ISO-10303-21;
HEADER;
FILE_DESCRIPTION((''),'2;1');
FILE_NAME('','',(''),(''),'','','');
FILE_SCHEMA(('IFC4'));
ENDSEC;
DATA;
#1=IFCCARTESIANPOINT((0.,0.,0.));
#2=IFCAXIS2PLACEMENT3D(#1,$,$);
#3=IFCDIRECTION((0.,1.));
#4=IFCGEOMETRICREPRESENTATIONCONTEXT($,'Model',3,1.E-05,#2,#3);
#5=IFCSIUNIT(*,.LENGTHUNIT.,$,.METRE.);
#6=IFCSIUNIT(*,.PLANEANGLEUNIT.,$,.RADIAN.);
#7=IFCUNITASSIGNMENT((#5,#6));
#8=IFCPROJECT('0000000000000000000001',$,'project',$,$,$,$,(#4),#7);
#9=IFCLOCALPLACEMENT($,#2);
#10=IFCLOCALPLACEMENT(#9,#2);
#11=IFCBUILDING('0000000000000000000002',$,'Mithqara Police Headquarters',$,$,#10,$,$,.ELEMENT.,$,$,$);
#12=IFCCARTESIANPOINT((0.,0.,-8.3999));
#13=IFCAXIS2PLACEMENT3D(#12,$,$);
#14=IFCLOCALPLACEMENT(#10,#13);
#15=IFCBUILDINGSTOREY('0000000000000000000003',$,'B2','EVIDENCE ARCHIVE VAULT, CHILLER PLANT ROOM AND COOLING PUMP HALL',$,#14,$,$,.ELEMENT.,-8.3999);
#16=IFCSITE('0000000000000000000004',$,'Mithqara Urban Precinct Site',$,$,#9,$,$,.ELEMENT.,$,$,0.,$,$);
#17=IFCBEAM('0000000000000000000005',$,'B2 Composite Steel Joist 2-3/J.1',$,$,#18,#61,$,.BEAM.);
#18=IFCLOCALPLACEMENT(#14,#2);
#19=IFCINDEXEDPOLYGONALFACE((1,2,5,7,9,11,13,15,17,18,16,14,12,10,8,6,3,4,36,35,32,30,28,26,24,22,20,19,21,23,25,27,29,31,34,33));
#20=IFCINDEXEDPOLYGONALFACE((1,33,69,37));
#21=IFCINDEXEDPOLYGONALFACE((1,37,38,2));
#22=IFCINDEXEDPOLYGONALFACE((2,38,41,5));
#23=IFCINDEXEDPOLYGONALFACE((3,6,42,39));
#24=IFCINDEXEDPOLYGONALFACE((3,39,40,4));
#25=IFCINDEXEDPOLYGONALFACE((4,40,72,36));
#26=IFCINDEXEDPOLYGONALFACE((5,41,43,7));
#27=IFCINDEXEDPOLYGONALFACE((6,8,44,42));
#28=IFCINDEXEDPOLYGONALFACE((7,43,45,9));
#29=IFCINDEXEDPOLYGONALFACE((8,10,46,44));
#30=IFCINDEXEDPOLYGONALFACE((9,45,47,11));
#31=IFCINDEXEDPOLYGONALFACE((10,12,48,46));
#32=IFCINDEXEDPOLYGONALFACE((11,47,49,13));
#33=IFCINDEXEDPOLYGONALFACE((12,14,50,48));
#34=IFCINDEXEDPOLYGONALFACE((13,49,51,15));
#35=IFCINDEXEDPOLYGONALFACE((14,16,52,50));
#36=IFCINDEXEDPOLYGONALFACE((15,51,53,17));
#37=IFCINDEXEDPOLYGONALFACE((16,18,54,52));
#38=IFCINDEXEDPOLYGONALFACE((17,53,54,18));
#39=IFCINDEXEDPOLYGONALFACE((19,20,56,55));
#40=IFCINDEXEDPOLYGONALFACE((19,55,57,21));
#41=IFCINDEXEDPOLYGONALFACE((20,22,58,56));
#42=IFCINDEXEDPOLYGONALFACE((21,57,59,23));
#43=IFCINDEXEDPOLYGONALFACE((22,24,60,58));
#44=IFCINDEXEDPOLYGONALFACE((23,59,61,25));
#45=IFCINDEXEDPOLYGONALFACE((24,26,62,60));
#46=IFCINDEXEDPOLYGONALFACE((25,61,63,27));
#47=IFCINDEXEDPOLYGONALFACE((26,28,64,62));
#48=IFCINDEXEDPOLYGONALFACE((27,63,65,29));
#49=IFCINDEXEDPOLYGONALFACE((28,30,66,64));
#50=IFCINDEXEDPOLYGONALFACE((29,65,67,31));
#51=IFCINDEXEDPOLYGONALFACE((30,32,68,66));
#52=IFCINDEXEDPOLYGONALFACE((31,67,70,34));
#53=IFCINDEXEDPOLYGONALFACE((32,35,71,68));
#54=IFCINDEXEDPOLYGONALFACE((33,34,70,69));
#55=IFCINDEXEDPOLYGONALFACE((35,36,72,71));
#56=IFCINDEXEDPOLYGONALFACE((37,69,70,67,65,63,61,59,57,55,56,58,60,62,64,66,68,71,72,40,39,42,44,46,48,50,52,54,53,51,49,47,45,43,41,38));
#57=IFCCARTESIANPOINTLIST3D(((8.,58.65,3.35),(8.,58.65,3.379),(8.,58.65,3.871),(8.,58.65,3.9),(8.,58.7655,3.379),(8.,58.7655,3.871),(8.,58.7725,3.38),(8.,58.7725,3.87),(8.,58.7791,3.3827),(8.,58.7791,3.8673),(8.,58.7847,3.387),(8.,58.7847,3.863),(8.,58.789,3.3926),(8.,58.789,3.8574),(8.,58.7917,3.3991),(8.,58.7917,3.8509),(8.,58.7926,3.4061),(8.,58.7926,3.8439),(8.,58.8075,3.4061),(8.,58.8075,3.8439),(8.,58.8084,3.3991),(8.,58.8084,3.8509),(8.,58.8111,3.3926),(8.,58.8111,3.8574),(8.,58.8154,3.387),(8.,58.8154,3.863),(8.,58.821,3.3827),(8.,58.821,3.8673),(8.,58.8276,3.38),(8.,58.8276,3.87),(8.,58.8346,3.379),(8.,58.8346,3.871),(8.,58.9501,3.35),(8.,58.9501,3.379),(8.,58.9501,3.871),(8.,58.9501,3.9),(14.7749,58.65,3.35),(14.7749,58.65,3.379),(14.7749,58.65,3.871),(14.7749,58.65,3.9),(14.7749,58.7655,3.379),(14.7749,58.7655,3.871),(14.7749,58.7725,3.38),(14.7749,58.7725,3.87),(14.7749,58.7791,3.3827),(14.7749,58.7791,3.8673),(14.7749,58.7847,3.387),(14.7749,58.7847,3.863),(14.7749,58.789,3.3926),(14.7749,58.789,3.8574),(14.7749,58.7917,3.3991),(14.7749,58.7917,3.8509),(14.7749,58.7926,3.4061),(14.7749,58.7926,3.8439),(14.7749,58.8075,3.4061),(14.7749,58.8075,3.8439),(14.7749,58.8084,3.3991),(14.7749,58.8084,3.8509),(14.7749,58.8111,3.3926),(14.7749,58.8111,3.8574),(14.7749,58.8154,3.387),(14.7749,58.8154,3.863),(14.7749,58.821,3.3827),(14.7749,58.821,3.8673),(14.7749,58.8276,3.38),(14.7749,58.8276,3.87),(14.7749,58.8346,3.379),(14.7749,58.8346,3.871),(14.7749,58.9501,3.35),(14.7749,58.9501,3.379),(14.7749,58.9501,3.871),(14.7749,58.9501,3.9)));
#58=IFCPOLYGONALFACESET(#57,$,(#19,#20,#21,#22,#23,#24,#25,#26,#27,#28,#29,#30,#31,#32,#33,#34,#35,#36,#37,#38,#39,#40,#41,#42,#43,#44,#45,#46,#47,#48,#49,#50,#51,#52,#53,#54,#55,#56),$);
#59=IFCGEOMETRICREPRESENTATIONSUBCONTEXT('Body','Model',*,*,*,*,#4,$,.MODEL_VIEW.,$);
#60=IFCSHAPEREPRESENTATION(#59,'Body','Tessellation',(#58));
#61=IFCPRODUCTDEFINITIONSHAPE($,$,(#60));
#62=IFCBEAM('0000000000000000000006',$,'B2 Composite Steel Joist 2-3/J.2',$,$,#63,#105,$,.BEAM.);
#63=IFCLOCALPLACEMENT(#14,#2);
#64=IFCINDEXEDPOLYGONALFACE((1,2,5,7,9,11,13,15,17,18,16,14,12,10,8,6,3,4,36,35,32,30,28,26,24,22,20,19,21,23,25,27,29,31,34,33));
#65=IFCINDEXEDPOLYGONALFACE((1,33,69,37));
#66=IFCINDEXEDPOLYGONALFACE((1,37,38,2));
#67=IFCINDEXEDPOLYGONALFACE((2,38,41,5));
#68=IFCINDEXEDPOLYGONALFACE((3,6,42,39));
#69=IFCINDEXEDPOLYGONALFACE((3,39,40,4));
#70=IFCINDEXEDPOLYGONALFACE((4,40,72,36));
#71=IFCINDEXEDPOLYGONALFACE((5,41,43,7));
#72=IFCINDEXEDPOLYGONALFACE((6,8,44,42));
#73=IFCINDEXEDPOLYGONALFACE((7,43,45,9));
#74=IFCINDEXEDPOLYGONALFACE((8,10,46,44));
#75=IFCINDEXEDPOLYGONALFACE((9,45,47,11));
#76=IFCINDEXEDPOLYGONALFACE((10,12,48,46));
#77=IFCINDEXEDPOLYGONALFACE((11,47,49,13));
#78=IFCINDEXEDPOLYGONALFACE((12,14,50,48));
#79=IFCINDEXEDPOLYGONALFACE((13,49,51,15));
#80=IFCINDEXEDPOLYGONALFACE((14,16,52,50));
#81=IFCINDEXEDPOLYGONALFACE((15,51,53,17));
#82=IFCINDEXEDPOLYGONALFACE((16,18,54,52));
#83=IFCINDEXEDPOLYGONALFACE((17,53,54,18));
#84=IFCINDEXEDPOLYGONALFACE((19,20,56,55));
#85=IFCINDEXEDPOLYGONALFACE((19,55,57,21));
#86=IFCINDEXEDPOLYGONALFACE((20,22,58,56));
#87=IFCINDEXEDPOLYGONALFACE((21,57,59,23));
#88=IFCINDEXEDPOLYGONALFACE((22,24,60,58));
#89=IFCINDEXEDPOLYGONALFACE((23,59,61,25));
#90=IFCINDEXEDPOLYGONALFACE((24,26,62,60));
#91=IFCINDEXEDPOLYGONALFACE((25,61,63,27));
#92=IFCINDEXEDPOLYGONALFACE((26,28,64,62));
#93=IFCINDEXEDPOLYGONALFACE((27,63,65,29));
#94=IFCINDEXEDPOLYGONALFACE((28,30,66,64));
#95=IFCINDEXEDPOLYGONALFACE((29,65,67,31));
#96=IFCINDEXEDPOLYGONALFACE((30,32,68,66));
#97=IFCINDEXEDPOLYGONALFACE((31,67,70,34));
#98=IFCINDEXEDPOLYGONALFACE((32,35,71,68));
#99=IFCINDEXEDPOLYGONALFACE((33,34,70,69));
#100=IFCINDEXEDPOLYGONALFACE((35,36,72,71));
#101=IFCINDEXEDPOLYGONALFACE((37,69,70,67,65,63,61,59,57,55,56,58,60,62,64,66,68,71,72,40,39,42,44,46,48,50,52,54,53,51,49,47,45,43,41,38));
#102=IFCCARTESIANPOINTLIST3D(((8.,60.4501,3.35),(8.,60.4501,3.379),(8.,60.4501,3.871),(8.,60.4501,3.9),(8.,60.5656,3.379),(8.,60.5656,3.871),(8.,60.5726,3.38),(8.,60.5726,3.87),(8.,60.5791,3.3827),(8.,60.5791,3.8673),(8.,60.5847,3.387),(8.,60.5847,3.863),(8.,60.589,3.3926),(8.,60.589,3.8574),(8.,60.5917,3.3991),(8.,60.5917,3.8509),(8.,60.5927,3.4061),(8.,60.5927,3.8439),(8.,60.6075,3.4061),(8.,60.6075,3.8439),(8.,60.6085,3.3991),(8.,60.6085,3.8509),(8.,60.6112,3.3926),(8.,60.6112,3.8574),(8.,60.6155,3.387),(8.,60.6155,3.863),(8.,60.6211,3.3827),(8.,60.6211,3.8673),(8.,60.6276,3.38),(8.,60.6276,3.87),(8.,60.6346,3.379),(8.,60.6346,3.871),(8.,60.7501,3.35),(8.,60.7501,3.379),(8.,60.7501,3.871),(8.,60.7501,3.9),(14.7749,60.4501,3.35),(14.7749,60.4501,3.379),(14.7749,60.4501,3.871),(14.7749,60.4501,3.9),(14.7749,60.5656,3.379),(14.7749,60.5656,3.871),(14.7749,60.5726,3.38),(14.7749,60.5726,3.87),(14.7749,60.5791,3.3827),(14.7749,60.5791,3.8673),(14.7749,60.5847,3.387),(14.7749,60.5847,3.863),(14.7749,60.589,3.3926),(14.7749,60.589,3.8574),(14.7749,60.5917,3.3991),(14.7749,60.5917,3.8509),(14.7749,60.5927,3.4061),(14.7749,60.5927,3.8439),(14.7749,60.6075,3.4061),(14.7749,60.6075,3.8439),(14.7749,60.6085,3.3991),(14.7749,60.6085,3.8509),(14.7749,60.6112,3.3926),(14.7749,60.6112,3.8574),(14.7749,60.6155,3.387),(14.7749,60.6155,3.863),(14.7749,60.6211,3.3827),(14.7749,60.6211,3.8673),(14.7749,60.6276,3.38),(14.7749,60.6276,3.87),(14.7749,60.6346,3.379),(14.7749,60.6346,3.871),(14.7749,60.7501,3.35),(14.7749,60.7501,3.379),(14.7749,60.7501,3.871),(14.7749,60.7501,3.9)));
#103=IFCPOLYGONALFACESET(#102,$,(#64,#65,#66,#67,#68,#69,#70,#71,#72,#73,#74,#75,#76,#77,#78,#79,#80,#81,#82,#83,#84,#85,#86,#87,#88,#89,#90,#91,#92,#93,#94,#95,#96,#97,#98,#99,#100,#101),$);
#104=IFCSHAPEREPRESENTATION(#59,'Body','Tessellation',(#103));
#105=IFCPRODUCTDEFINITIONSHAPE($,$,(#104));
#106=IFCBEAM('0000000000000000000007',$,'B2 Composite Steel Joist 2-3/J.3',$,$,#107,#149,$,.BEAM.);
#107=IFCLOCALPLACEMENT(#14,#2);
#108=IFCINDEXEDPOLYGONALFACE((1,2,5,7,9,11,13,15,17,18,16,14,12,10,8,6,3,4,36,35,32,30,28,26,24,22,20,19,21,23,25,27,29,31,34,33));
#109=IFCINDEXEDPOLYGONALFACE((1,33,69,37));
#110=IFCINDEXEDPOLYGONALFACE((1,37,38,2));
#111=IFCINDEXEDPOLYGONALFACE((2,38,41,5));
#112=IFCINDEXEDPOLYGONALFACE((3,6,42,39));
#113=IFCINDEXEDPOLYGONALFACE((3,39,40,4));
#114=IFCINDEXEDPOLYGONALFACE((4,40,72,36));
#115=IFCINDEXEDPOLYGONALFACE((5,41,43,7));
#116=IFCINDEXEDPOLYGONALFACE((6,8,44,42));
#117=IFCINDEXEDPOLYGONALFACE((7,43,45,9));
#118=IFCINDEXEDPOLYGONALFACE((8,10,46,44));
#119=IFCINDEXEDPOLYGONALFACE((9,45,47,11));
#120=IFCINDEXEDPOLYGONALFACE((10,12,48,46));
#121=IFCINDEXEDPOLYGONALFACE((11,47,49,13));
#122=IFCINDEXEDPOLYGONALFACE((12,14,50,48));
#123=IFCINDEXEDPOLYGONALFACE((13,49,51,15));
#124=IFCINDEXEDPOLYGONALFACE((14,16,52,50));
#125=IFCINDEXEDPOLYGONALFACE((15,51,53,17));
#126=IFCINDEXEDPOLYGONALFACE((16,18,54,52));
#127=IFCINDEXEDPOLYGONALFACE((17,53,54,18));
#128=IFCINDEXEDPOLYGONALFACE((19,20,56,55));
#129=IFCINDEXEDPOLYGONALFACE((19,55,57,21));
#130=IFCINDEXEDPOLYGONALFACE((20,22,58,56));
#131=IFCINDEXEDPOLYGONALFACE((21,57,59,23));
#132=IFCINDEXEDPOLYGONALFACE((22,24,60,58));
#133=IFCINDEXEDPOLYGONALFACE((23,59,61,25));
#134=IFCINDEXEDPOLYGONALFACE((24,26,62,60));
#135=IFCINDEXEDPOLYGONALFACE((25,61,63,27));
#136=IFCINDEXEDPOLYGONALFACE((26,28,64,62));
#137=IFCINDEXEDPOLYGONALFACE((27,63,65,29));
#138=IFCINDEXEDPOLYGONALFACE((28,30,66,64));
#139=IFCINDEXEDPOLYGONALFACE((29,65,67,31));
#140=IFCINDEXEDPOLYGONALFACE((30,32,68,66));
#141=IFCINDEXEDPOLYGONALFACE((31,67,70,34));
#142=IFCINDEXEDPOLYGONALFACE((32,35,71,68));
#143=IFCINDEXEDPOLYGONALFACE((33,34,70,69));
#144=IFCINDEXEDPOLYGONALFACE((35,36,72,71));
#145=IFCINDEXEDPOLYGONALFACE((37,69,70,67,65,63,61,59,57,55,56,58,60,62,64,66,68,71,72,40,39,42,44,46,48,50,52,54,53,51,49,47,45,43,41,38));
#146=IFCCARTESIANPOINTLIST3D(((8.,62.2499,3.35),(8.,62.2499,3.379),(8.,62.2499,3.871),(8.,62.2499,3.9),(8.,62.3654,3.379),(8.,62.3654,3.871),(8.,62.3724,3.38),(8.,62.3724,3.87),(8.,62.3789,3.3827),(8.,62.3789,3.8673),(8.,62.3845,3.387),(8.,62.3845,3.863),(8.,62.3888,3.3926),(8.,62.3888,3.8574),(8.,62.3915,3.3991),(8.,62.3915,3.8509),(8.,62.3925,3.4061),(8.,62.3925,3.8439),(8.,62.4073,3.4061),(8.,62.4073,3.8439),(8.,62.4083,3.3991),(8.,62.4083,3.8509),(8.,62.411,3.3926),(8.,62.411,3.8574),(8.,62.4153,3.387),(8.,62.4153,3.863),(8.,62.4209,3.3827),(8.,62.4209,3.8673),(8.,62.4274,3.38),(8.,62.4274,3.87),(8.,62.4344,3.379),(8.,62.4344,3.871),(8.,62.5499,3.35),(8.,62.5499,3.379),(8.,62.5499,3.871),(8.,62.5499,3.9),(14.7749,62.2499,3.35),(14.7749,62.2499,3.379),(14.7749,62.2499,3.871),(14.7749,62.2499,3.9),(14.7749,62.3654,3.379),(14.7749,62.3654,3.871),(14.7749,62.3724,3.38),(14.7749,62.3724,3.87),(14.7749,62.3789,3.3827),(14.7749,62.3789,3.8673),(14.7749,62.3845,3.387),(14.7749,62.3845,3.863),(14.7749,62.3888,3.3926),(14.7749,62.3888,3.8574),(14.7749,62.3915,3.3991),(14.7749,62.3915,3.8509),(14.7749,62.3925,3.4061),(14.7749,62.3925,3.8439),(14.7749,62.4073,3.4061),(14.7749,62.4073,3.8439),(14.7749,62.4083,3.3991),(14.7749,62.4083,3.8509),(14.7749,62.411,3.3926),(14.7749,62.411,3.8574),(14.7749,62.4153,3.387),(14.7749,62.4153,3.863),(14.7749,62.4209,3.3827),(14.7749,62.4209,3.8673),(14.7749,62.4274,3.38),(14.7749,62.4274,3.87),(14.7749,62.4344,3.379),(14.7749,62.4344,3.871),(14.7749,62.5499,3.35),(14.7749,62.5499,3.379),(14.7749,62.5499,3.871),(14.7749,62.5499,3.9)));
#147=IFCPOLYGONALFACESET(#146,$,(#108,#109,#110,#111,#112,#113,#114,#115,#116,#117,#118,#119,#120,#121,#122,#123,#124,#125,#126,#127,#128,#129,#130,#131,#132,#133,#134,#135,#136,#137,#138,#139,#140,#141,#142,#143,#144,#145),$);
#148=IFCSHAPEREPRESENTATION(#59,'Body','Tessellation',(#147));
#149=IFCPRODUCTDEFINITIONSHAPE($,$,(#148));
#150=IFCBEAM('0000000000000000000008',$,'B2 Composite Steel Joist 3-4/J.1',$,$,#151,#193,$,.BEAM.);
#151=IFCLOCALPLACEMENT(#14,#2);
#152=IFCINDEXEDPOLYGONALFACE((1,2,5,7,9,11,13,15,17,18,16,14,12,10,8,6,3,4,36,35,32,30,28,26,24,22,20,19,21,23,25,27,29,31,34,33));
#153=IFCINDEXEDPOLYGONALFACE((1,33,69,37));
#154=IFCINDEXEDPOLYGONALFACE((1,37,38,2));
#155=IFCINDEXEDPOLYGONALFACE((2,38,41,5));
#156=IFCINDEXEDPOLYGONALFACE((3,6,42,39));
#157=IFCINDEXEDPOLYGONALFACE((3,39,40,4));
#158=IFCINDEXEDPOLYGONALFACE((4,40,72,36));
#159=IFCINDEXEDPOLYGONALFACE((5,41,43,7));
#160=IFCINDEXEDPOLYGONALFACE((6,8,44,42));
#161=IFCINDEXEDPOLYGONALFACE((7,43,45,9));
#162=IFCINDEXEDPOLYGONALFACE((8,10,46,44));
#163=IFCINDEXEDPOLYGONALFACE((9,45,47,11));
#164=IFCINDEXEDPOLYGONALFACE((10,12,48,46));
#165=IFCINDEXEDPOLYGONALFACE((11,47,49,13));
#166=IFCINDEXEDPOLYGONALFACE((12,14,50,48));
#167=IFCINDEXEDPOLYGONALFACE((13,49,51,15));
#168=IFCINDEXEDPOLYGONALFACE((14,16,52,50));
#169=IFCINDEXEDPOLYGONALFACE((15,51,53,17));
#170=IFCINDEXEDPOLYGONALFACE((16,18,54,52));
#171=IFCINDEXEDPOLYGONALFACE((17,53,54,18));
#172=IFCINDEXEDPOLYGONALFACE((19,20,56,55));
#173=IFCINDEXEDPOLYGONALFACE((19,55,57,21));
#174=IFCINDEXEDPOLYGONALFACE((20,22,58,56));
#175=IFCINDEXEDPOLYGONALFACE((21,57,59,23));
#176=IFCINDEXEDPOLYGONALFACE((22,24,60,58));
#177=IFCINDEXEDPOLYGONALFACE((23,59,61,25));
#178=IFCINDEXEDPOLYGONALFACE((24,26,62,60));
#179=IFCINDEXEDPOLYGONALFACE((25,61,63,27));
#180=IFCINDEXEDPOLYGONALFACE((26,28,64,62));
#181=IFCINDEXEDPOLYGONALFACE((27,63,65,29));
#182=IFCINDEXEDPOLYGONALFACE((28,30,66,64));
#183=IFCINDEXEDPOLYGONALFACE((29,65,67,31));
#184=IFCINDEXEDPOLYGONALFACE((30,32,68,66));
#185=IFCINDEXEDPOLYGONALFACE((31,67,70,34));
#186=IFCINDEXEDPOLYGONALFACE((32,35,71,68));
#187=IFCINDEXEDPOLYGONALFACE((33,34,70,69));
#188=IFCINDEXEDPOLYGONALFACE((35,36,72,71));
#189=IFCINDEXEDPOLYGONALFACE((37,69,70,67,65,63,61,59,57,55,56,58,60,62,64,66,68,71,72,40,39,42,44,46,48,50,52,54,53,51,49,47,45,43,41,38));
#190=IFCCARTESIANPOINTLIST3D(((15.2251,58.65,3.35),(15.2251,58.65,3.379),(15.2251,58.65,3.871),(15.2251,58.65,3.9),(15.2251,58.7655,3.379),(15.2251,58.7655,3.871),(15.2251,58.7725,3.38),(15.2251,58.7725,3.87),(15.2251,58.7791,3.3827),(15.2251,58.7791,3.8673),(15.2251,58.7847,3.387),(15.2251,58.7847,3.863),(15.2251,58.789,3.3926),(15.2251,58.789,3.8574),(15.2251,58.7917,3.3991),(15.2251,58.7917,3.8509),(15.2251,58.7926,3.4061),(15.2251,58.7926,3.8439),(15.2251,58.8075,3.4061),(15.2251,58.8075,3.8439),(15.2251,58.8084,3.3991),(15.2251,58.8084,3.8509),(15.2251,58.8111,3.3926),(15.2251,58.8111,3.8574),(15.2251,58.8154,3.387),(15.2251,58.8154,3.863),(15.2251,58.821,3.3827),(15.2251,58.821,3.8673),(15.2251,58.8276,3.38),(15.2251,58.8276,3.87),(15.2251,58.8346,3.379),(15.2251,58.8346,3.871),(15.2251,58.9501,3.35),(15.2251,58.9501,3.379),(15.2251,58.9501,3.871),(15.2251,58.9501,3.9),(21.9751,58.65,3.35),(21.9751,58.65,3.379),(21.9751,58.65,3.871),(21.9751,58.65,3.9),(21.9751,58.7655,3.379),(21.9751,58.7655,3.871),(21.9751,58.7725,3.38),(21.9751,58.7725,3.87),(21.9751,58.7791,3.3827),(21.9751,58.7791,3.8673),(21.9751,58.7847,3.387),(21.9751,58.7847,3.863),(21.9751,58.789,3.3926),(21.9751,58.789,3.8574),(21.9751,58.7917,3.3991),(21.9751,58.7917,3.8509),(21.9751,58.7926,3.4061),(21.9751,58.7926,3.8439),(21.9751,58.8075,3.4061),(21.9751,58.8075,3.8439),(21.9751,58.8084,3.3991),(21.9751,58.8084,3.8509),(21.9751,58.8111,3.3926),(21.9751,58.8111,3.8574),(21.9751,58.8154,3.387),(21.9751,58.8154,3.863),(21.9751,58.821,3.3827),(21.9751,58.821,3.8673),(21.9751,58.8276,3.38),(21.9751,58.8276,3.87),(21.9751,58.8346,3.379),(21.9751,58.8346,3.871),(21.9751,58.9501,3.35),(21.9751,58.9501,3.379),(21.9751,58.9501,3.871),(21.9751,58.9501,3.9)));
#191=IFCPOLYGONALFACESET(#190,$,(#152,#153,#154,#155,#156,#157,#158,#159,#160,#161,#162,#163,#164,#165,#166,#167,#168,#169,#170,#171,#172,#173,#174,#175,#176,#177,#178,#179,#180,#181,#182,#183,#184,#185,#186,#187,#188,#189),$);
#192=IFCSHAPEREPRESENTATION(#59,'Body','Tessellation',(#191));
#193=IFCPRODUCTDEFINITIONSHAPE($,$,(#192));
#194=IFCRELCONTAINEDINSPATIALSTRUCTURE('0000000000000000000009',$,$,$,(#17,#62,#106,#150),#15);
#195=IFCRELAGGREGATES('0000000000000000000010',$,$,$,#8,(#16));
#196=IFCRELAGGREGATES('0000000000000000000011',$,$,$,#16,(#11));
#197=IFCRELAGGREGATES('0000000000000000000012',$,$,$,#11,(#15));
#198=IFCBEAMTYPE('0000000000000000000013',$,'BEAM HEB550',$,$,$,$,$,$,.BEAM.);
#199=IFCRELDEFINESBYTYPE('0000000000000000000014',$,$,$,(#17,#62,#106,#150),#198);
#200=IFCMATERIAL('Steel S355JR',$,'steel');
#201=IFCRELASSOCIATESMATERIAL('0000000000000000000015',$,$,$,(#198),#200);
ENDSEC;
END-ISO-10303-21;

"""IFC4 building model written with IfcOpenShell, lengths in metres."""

from ifc_helpers import new_model, si_unit, direction, frame, origin, origin_2d, place, context, subcontext, project, spatial, i_section, extrude, material, material_profile, profile_set, type_object, element, save


model = new_model("IFC4")

# Units and contexts
model_context = context("Model", 3, precision=1e-05, world=origin(), true_north=direction((0.0, 1.0)))
body_context = subcontext(model_context, "Body", "Model", "MODEL_VIEW")
ifc_project = project(units=[si_unit("LENGTHUNIT", "METRE"), si_unit("PLANEANGLEUNIT", "RADIAN")], contexts=[model_context])

# Site, building, storey
site_placement = place(None, origin())
site = spatial("IfcSite", under=ifc_project, at=site_placement, Name="Mithqara Urban Precinct Site", CompositionType="ELEMENT", RefElevation=0.0)
building_placement = place(site_placement, origin())
building = spatial("IfcBuilding", under=site, at=building_placement, Name="Mithqara Police Headquarters", CompositionType="ELEMENT")
storey_placement = place(building_placement, frame((0.0, 0.0, -8.3999)))
storey = spatial("IfcBuildingStorey", under=building, at=storey_placement, Name="B2", Description="EVIDENCE ARCHIVE VAULT, CHILLER PLANT ROOM AND COOLING PUMP HALL", CompositionType="ELEMENT", Elevation=-8.3999)

# Beams
ifc_material_1 = material(Name="Steel S355JR", Category="steel")
ifc_material_profile_1 = material_profile(ifc_material_1, i_section(OverallWidth=0.3, OverallDepth=0.55, WebThickness=0.0149, FlangeThickness=0.0291, FilletRadius=0.0271, at=origin_2d()), Name="HEB 550")
ifc_profile_set_1 = profile_set([ifc_material_profile_1], Name="Steel S355JR")
beam_type_1 = type_object("IfcBeamType", Name="BEAM HEB550", PredefinedType="BEAM", material=ifc_profile_set_1)
for number, where, z_axis, x_axis, name in (
    (1, (8.0, 58.8, 3.625), (1.0, 0.0, 0.0), (0.0, 1.0, 0.0), "B2 Composite Steel Joist 2-3/J.1"),
    (2, (8.0, 60.6001, 3.625), (1.0, 0.0, 0.0), (0.0, 1.0, 0.0), "B2 Composite Steel Joist 2-3/J.2"),
    (3, (8.0, 62.3999, 3.625), (1.0, 0.0, 0.0), (0.0, 1.0, 0.0), "B2 Composite Steel Joist 2-3/J.3"),
):
    element("IfcBeam", number, at=place(storey_placement, frame(where, z_axis=z_axis, x_axis=x_axis)), inside=storey, type_object=beam_type_1, Name=name, PredefinedType="BEAM", context=body_context, shape_type="SweptSolid", body=[
        extrude(i_section(OverallWidth=0.3, OverallDepth=0.55, WebThickness=0.0149, FlangeThickness=0.0291, FilletRadius=0.0271, at=origin_2d()), origin(), (0.0, 0.0, 1.0), 6.7749),
    ])
for number, where, z_axis, x_axis, name in (
    (4, (15.2251, 58.8, 3.625), (1.0, 0.0, 0.0), (0.0, 1.0, 0.0), "B2 Composite Steel Joist 3-4/J.1"),
):
    element("IfcBeam", number, at=place(storey_placement, frame(where, z_axis=z_axis, x_axis=x_axis)), inside=storey, type_object=beam_type_1, Name=name, PredefinedType="BEAM", context=body_context, shape_type="SweptSolid", body=[
        extrude(i_section(OverallWidth=0.3, OverallDepth=0.55, WebThickness=0.0149, FlangeThickness=0.0291, FilletRadius=0.0271, at=origin_2d()), origin(), (0.0, 0.0, 1.0), 6.75),
    ])

save(model, "model.ifc")
